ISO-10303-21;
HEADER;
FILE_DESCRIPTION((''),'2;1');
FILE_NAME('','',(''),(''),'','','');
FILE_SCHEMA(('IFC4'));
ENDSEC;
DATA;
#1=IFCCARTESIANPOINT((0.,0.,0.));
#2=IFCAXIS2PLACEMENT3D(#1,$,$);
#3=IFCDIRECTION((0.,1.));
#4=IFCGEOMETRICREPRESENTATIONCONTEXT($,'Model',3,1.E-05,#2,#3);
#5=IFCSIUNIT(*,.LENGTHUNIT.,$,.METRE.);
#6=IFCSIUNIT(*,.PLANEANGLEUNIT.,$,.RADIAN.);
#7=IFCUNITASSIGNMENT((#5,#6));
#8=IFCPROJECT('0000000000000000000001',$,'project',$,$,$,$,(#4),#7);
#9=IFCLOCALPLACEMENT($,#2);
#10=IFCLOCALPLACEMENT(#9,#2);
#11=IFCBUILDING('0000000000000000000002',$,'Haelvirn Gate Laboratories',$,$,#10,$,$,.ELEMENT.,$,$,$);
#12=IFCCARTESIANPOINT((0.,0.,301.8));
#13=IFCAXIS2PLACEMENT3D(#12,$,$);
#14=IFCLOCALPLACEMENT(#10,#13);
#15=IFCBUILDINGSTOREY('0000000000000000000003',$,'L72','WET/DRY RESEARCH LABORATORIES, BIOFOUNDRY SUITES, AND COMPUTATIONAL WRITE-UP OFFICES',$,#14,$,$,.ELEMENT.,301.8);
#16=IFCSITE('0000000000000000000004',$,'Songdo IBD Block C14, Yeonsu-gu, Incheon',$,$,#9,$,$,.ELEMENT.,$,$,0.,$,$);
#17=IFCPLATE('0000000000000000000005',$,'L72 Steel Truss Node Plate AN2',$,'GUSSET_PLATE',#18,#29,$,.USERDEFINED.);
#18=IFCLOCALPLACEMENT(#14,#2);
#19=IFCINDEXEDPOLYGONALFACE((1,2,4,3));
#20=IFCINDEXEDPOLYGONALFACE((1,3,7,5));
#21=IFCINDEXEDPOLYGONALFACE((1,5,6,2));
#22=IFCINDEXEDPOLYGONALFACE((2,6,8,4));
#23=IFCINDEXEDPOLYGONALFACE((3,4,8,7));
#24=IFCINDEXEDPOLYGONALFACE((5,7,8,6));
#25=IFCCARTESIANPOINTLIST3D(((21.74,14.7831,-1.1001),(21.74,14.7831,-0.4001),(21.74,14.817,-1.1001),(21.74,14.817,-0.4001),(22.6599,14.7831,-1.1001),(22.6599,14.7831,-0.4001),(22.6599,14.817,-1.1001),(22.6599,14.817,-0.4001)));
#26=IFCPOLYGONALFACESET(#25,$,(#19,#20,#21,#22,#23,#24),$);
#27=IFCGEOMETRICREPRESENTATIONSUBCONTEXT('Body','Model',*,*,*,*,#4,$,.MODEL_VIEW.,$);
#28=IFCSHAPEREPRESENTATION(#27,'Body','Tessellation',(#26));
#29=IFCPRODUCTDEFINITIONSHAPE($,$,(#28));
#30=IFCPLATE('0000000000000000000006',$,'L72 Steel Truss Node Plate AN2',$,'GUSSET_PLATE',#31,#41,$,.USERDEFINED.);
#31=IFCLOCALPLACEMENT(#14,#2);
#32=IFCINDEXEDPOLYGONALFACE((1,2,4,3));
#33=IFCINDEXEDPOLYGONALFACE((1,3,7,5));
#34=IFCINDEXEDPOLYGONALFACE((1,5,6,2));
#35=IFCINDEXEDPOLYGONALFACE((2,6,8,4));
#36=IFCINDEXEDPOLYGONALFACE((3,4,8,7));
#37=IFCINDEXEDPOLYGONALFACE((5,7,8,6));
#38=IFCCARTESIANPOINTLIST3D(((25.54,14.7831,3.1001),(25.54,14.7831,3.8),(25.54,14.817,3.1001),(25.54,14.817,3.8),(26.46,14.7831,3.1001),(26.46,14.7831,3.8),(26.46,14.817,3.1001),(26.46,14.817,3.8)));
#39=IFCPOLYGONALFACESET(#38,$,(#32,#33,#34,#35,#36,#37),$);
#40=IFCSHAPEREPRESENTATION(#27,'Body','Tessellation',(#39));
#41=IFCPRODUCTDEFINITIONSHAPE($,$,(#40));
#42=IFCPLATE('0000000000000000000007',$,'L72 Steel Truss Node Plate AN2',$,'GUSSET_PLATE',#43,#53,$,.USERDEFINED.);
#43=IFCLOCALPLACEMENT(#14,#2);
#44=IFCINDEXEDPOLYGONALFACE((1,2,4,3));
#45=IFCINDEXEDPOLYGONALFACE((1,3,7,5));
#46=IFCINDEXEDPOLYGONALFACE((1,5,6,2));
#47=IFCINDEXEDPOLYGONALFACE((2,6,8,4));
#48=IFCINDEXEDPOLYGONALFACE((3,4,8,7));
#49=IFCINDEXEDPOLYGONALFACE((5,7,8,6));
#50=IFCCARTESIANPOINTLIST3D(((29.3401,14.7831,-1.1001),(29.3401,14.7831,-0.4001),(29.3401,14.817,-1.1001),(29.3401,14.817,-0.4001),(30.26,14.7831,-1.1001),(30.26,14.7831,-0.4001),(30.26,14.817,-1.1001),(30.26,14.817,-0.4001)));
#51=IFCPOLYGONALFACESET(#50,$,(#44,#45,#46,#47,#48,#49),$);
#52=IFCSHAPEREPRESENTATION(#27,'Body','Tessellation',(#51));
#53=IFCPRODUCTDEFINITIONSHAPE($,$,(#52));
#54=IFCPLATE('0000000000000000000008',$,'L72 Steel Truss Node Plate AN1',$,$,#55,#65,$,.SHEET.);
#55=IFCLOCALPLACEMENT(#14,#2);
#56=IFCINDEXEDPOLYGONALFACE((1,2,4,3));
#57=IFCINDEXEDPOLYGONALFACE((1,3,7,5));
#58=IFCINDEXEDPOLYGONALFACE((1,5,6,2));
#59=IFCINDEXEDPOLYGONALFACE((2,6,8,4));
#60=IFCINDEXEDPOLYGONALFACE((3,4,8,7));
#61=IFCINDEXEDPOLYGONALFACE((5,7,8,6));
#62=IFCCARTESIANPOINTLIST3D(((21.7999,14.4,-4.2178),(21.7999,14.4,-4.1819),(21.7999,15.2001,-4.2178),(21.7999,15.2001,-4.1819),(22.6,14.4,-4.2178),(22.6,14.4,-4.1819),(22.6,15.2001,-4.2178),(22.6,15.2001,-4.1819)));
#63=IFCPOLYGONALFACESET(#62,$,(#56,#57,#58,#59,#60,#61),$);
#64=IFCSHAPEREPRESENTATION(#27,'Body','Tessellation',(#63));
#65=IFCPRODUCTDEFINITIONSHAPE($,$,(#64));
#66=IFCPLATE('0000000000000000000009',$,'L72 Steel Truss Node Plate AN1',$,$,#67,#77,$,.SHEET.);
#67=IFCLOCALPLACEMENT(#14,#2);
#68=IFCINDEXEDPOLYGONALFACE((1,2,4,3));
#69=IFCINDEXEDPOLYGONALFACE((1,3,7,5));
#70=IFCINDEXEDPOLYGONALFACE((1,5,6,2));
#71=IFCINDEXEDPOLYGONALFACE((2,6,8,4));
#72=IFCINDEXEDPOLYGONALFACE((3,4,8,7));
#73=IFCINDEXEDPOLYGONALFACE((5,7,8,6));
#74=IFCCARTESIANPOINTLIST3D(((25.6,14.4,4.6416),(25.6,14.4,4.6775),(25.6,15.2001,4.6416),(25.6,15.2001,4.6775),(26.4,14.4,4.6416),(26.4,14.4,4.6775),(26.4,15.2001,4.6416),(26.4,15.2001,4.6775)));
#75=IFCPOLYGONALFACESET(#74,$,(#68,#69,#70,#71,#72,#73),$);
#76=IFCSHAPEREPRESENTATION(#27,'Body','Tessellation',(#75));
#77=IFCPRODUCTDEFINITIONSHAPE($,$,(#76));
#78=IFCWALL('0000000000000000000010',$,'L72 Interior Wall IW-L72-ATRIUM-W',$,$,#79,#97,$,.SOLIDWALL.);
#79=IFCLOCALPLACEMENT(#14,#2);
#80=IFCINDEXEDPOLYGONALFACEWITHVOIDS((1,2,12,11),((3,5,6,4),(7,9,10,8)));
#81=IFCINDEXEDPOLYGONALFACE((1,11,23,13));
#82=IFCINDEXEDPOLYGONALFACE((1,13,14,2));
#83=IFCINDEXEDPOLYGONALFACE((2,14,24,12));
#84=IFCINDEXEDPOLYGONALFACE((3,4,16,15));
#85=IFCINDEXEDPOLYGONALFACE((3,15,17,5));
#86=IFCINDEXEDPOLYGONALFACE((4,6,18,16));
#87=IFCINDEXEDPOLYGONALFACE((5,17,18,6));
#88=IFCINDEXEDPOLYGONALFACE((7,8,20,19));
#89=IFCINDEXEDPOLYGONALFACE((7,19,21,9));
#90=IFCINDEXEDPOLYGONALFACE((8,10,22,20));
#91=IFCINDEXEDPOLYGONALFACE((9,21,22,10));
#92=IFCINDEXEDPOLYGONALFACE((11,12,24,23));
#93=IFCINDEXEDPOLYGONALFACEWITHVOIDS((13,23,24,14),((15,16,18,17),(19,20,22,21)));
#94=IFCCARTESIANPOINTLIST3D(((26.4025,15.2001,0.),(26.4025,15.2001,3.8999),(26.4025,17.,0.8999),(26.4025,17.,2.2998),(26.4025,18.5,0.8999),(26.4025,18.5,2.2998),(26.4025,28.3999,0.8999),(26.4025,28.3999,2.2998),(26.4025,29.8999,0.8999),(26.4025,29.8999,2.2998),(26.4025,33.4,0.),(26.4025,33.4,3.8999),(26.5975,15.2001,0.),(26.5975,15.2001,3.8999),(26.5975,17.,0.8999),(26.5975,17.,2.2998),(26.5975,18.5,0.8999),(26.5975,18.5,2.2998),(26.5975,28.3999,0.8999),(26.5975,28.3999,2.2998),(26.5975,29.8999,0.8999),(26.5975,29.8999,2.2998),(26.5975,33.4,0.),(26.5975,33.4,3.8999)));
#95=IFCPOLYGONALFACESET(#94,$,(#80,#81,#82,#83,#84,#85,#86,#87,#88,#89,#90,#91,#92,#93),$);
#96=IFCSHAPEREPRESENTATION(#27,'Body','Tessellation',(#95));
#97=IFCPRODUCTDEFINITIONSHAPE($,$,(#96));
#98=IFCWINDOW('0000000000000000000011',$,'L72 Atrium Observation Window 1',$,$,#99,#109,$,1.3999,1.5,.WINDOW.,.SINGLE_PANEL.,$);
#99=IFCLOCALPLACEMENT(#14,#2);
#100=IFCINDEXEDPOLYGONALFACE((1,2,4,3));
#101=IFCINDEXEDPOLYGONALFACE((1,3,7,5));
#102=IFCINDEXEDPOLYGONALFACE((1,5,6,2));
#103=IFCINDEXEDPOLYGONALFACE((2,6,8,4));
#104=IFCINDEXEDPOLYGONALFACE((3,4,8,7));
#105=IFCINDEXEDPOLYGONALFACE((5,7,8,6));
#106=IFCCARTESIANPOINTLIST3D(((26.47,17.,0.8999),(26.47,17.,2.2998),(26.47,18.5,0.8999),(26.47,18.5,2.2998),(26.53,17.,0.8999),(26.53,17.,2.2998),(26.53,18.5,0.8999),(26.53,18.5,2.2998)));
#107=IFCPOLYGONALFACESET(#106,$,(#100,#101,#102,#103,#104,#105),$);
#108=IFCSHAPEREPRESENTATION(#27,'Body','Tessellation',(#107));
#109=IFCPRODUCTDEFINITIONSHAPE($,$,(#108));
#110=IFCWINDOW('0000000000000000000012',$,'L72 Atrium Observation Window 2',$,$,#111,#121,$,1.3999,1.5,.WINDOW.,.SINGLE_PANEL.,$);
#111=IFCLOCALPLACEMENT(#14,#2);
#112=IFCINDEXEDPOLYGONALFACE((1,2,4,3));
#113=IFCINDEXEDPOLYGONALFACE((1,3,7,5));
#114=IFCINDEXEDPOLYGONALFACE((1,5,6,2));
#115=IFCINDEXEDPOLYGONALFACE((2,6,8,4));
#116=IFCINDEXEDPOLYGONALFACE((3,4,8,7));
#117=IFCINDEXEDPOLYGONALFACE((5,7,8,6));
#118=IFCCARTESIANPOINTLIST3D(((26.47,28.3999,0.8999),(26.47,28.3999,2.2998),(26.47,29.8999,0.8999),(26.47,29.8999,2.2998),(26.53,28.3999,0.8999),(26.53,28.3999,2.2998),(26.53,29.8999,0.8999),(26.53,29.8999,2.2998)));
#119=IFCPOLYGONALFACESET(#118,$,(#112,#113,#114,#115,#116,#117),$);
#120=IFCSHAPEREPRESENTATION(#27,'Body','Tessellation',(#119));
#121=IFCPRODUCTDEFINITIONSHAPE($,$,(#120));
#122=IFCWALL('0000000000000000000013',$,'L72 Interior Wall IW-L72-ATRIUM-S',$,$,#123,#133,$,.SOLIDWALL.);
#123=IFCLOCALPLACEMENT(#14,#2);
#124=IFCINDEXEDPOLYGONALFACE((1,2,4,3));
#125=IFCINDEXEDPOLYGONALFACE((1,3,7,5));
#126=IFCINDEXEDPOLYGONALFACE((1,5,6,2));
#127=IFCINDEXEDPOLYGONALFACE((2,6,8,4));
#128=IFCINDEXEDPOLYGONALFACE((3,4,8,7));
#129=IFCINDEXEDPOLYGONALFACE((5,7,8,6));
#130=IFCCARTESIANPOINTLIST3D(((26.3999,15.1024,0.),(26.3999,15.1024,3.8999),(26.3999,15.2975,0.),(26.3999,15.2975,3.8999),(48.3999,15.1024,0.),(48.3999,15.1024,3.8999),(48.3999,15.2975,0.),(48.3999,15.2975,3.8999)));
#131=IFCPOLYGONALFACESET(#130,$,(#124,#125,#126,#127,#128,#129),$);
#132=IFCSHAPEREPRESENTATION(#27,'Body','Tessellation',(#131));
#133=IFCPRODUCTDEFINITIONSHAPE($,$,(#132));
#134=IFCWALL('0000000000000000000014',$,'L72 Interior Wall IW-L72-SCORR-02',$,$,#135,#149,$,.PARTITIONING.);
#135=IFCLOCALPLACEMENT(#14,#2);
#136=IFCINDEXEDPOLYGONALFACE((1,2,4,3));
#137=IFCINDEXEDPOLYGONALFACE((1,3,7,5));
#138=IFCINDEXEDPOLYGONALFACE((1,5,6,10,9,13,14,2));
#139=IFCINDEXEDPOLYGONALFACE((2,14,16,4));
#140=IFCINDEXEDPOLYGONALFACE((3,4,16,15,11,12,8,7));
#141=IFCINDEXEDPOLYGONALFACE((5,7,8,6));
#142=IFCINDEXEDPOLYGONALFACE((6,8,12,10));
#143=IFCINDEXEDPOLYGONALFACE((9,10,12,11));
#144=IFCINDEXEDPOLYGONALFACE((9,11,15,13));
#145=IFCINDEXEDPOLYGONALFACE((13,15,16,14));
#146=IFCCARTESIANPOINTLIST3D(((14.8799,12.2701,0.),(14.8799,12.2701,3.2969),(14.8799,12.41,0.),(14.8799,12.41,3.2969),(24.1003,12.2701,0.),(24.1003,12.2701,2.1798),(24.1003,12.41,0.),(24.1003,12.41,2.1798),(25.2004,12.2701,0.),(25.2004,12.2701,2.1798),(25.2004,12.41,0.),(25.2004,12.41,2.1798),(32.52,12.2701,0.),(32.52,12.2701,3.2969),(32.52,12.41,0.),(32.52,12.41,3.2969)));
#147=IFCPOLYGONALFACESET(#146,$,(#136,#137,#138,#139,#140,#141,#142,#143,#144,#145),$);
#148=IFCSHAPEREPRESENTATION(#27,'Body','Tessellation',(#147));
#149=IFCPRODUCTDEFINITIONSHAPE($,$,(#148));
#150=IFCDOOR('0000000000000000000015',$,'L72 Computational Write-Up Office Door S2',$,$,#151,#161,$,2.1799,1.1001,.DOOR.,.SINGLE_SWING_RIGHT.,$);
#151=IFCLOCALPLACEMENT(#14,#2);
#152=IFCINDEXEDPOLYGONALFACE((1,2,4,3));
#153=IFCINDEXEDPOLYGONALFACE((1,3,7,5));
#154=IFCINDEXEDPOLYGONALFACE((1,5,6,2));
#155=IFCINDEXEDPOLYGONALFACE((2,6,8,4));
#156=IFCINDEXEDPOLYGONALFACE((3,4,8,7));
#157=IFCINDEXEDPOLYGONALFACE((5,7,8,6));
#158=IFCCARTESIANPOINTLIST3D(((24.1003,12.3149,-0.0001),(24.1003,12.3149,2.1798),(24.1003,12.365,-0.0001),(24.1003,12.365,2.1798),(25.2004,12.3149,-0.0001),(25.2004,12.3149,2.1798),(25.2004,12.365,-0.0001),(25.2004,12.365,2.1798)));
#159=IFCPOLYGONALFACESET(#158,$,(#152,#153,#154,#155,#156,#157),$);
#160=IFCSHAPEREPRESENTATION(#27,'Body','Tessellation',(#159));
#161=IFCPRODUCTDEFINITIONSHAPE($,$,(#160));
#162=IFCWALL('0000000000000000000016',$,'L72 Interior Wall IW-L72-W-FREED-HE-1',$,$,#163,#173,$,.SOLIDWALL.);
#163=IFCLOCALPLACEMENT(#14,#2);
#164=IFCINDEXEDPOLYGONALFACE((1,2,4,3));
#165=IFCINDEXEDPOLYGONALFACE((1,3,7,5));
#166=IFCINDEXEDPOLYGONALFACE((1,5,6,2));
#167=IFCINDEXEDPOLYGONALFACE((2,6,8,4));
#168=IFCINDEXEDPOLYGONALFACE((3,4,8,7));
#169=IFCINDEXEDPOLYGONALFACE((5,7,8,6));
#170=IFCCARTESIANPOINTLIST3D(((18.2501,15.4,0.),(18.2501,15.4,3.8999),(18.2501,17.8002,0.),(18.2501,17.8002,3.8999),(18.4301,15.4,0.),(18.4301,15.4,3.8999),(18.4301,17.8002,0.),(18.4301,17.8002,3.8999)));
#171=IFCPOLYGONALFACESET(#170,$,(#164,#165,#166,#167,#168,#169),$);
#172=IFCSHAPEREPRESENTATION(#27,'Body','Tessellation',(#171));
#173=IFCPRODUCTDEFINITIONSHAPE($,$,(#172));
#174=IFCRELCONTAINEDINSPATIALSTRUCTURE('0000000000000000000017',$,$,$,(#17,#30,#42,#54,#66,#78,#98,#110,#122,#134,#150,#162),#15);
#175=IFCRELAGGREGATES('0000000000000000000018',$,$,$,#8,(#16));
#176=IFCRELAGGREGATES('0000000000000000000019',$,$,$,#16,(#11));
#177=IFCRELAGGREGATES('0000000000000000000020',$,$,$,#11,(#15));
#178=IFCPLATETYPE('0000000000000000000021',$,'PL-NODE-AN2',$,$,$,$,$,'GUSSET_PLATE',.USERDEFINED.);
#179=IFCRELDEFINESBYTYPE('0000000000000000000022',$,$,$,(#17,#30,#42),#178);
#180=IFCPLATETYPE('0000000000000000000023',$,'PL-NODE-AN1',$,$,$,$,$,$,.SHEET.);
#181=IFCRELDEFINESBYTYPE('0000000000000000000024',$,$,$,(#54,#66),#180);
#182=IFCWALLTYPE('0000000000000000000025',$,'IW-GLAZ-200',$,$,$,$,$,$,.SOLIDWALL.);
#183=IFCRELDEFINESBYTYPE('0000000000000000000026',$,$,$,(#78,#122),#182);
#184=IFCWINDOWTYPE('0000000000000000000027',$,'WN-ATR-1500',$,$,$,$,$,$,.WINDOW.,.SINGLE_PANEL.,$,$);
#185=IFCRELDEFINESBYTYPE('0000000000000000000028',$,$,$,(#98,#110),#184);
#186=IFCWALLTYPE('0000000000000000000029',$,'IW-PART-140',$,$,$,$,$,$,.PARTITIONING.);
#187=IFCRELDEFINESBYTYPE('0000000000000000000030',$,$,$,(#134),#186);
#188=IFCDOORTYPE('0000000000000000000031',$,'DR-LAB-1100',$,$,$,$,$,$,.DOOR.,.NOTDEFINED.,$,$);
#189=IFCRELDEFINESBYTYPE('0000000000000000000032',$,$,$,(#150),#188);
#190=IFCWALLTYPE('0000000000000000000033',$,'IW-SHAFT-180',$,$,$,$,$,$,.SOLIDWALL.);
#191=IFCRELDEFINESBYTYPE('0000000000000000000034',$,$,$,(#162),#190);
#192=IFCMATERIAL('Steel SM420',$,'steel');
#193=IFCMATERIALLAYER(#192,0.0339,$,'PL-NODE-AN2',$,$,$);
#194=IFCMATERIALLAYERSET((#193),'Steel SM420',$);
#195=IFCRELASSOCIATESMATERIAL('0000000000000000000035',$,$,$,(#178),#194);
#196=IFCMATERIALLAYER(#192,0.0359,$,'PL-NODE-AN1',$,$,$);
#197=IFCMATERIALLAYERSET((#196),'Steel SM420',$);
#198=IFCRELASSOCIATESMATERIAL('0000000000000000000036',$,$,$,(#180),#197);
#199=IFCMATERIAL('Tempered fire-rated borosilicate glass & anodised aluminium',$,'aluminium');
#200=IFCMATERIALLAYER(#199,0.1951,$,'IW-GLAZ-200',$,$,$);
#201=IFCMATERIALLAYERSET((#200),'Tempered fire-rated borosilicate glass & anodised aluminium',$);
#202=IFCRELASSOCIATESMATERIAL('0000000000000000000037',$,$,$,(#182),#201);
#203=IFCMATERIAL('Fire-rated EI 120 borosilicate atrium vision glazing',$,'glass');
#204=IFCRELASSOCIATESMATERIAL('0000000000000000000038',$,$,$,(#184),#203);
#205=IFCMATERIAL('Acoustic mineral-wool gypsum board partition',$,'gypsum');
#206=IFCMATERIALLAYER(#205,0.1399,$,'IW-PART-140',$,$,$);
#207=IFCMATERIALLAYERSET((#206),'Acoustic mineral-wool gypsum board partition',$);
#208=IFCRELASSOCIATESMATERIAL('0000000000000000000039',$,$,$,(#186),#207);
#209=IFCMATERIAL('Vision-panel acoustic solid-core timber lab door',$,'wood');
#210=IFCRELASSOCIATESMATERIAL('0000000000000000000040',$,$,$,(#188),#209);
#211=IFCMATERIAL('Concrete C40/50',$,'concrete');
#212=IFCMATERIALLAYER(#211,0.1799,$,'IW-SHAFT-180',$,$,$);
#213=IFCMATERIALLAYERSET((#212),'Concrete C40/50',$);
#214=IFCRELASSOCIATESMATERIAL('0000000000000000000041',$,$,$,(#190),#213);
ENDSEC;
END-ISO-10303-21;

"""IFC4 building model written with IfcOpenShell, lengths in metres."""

from ifc_helpers import new_model, si_unit, direction, frame, frame_2d, origin, origin_2d, place, context, subcontext, project, spatial, rectangle, extrude, source, transform, mapped, material, layer, layer_set, type_object, type_shapes, element, fill, save


model = new_model("IFC4")

# Units and contexts
model_context = context("Model", 3, precision=1e-05, world=origin(), true_north=direction((0.0, 1.0)))
body_context = subcontext(model_context, "Body", "Model", "MODEL_VIEW")
ifc_project = project(units=[si_unit("LENGTHUNIT", "METRE"), si_unit("PLANEANGLEUNIT", "RADIAN")], contexts=[model_context])

# Site, building, storey
site_placement = place(None, origin())
site = spatial("IfcSite", under=ifc_project, at=site_placement, Name="Songdo IBD Block C14, Yeonsu-gu, Incheon", CompositionType="ELEMENT", RefElevation=0.0)
building_placement = place(site_placement, origin())
building = spatial("IfcBuilding", under=site, at=building_placement, Name="Haelvirn Gate Laboratories", CompositionType="ELEMENT")
storey_placement = place(building_placement, frame((0.0, 0.0, 301.8)))
storey = spatial("IfcBuildingStorey", under=building, at=storey_placement, Name="L72", Description="WET/DRY RESEARCH LABORATORIES, BIOFOUNDRY SUITES, AND COMPUTATIONAL WRITE-UP OFFICES", CompositionType="ELEMENT", Elevation=301.8)

# Shared definitions
ifc_material_1 = material(Name="Steel SM420", Category="steel")

# Plates
ifc_layer_1 = layer(ifc_material_1, 0.0339, Name="PL-NODE-AN2")
ifc_layer_set_1 = layer_set([ifc_layer_1], Name="Steel SM420")
plate_type_1 = type_object("IfcPlateType", Name="PL-NODE-AN2", ElementType="GUSSET_PLATE", PredefinedType="USERDEFINED", material=ifc_layer_set_1)
shared_shape_1 = source(origin(), body_context, "Body", "SweptSolid", [
    extrude(rectangle(XDim=0.9199, YDim=0.0339, at=origin_2d()), origin(), (0.0, 0.0, 1.0), 0.7),
])
type_shapes(plate_type_1, [shared_shape_1])
for number, where, z_axis, x_axis, name in (
    (1, (22.2, 14.8, -1.1001), (0.0, 0.0, 1.0), (1.0, 0.0, 0.0), "L72 Steel Truss Node Plate AN2"),
    (2, (26.0, 14.8, 3.1001), (0.0, 0.0, 1.0), (1.0, 0.0, 0.0), "L72 Steel Truss Node Plate AN2"),
    (3, (29.8, 14.8, -1.1001), (0.0, 0.0, 1.0), (1.0, 0.0, 0.0), "L72 Steel Truss Node Plate AN2"),
):
    element("IfcPlate", number, at=place(storey_placement, frame(where, z_axis=z_axis, x_axis=x_axis)), inside=storey, type_object=plate_type_1, Name=name, ObjectType="GUSSET_PLATE", PredefinedType="USERDEFINED", context=body_context, shape_type="MappedRepresentation", body=[
        mapped(shared_shape_1, transform((0.0, 0.0, 0.0), scale=1.0)),
    ])
ifc_layer_2 = layer(ifc_material_1, 0.0359, Name="PL-NODE-AN1")
ifc_layer_set_2 = layer_set([ifc_layer_2], Name="Steel SM420")
plate_type_2 = type_object("IfcPlateType", Name="PL-NODE-AN1", PredefinedType="SHEET", material=ifc_layer_set_2)
shared_shape_2 = source(origin(), body_context, "Body", "SweptSolid", [
    extrude(rectangle(XDim=0.8, YDim=0.8, at=origin_2d()), origin(), (0.0, 0.0, 1.0), 0.0359),
])
type_shapes(plate_type_2, [shared_shape_2])
for number, where, z_axis, x_axis, name in (
    (4, (22.2, 14.8, -4.2178), (0.0, 0.0, 1.0), (1.0, 0.0, 0.0), "L72 Steel Truss Node Plate AN1"),
    (5, (26.0, 14.8, 4.6416), (0.0, 0.0, 1.0), (1.0, 0.0, 0.0), "L72 Steel Truss Node Plate AN1"),
):
    element("IfcPlate", number, at=place(storey_placement, frame(where, z_axis=z_axis, x_axis=x_axis)), inside=storey, type_object=plate_type_2, Name=name, PredefinedType="SHEET", context=body_context, shape_type="MappedRepresentation", body=[
        mapped(shared_shape_2, transform((0.0, 0.0, 0.0), scale=1.0)),
    ])

# Wall, openings, windows
ifc_material_2 = material(Name="Tempered fire-rated borosilicate glass & anodised aluminium", Category="aluminium")
ifc_layer_3 = layer(ifc_material_2, 0.1951, Name="IW-GLAZ-200")
ifc_layer_set_3 = layer_set([ifc_layer_3], Name="Tempered fire-rated borosilicate glass & anodised aluminium")
wall_type_1 = type_object("IfcWallType", Name="IW-GLAZ-200", PredefinedType="SOLIDWALL", material=ifc_layer_set_3)
wall_1_placement = place(storey_placement, frame((26.5, 15.2, 0.0), z_axis=(0.0, 0.0, 1.0), x_axis=(0.0, 1.0, 0.0)))
wall_1 = element("IfcWall", 6, at=wall_1_placement, inside=storey, type_object=wall_type_1, Name="L72 Interior Wall IW-L72-ATRIUM-W", PredefinedType="SOLIDWALL", context=body_context, shape_type="SweptSolid", body=[
    extrude(rectangle(XDim=18.2, YDim=0.1951, at=frame_2d((9.1001, 0.0))), origin(), (0.0, 0.0, 1.0), 3.8999),
])
opening_1_placement = place(wall_1_placement, frame((1.8, 0.0, 0.8999)))
opening_1 = element("IfcOpeningElement", 7, at=opening_1_placement, cuts=wall_1, PredefinedType="OPENING", context=body_context, shape_type="SweptSolid", body=[
    extrude(rectangle(XDim=1.5, YDim=1.3999, at=frame_2d((0.75, 0.7))), frame((0.0, 0.1074, 0.0), z_axis=(0.0, -1.0, 0.0), x_axis=(1.0, 0.0, 0.0)), (0.0, 0.0, 1.0), 0.2151),
])
opening_2_placement = place(wall_1_placement, frame((13.2, 0.0, 0.8999)))
opening_2 = element("IfcOpeningElement", 8, at=opening_2_placement, cuts=wall_1, PredefinedType="OPENING", context=body_context, shape_type="SweptSolid", body=[
    extrude(rectangle(XDim=1.5, YDim=1.3999, at=frame_2d((0.75, 0.7))), frame((0.0, 0.1074, 0.0), z_axis=(0.0, -1.0, 0.0), x_axis=(1.0, 0.0, 0.0)), (0.0, 0.0, 1.0), 0.2151),
])
ifc_material_3 = material(Name="Fire-rated EI 120 borosilicate atrium vision glazing", Category="glass")
window_type = type_object("IfcWindowType", Name="WN-ATR-1500", PartitioningType="SINGLE_PANEL", PredefinedType="WINDOW", material=ifc_material_3)
shared_shape_3 = source(origin(), body_context, "Body", "SweptSolid", [
    extrude(rectangle(XDim=1.5, YDim=1.3999, at=frame_2d((0.75, 0.7))), frame((0.0, 0.03, 0.0), z_axis=(0.0, -1.0, 0.0), x_axis=(1.0, 0.0, 0.0)), (0.0, 0.0, 1.0), 0.0601),
])
type_shapes(window_type, [shared_shape_3])
window_1_placement = place(opening_1_placement, origin())
window_1 = element("IfcWindow", 9, at=window_1_placement, inside=storey, type_object=window_type, Name="L72 Atrium Observation Window 1", OverallHeight=1.3999, OverallWidth=1.5, PartitioningType="SINGLE_PANEL", PredefinedType="WINDOW", context=body_context, shape_type="MappedRepresentation", body=[
    mapped(shared_shape_3, transform((0.0, 0.0, 0.0), scale=1.0)),
])
fill(opening_1, window_1)
window_2_placement = place(opening_2_placement, origin())
window_2 = element("IfcWindow", 10, at=window_2_placement, inside=storey, type_object=window_type, Name="L72 Atrium Observation Window 2", OverallHeight=1.3999, OverallWidth=1.5, PartitioningType="SINGLE_PANEL", PredefinedType="WINDOW", context=body_context, shape_type="MappedRepresentation", body=[
    mapped(shared_shape_3, transform((0.0, 0.0, 0.0), scale=1.0)),
])
fill(opening_2, window_2)

# Wall
wall_2_placement = place(storey_placement, frame((26.3999, 15.2, 0.0), z_axis=(0.0, 0.0, 1.0), x_axis=(1.0, 0.0, 0.0)))
element("IfcWall", 11, at=wall_2_placement, inside=storey, type_object=wall_type_1, Name="L72 Interior Wall IW-L72-ATRIUM-S", PredefinedType="SOLIDWALL", context=body_context, shape_type="SweptSolid", body=[
    extrude(rectangle(XDim=22.0, YDim=0.1951, at=frame_2d((11.0, 0.0))), origin(), (0.0, 0.0, 1.0), 3.8999),
])

# Wall, opening, door
ifc_material_4 = material(Name="Acoustic mineral-wool gypsum board partition", Category="gypsum")
ifc_layer_4 = layer(ifc_material_4, 0.1399, Name="IW-PART-140")
ifc_layer_set_4 = layer_set([ifc_layer_4], Name="Acoustic mineral-wool gypsum board partition")
wall_type_2 = type_object("IfcWallType", Name="IW-PART-140", PredefinedType="PARTITIONING", material=ifc_layer_set_4)
wall_3_placement = place(storey_placement, frame((14.8799, 12.3401, 0.0), z_axis=(0.0, 0.0, 1.0), x_axis=(1.0, 0.0, 0.0)))
wall_3 = element("IfcWall", 12, at=wall_3_placement, inside=storey, type_object=wall_type_2, Name="L72 Interior Wall IW-L72-SCORR-02", PredefinedType="PARTITIONING", context=body_context, shape_type="SweptSolid", body=[
    extrude(rectangle(XDim=17.6401, YDim=0.1399, at=frame_2d((8.8201, 0.0))), origin(), (0.0, 0.0, 1.0), 3.2969),
])
opening_3_placement = place(wall_3_placement, frame((9.2205, 0.0, 0.0)))
opening_3 = element("IfcOpeningElement", 13, at=opening_3_placement, cuts=wall_3, PredefinedType="OPENING", context=body_context, shape_type="SweptSolid", body=[
    extrude(rectangle(XDim=1.1001, YDim=2.1799, at=frame_2d((0.55, 1.0898))), frame((0.0, 0.0801, 0.0), z_axis=(0.0, -1.0, 0.0), x_axis=(1.0, 0.0, 0.0)), (0.0, 0.0, 1.0), 0.1599),
])
ifc_material_5 = material(Name="Vision-panel acoustic solid-core timber lab door", Category="wood")
door_type_1 = type_object("IfcDoorType", Name="DR-LAB-1100", OperationType="NOTDEFINED", PredefinedType="DOOR", material=ifc_material_5)
shared_shape_4 = source(origin(), body_context, "Body", "SweptSolid", [
    extrude(rectangle(XDim=1.1001, YDim=2.1799, at=frame_2d((0.55, 1.0898))), frame((0.0, 0.0249, 0.0), z_axis=(0.0, -1.0, 0.0), x_axis=(1.0, 0.0, 0.0)), (0.0, 0.0, 1.0), 0.05),
])
type_shapes(door_type_1, [shared_shape_4])
door_1_placement = place(opening_3_placement, origin())
door_1 = element("IfcDoor", 14, at=door_1_placement, inside=storey, type_object=door_type_1, Name="L72 Computational Write-Up Office Door S2", OperationType="SINGLE_SWING_RIGHT", OverallHeight=2.1799, OverallWidth=1.1001, PredefinedType="DOOR", context=body_context, shape_type="MappedRepresentation", body=[
    mapped(shared_shape_4, transform((0.0, 0.0, 0.0), scale=1.0)),
])
fill(opening_3, door_1)

# Wall
ifc_material_6 = material(Name="Concrete C40/50", Category="concrete")
ifc_layer_5 = layer(ifc_material_6, 0.1799, Name="IW-SHAFT-180")
ifc_layer_set_5 = layer_set([ifc_layer_5], Name="Concrete C40/50")
wall_type_3 = type_object("IfcWallType", Name="IW-SHAFT-180", PredefinedType="SOLIDWALL", material=ifc_layer_set_5)
wall_4_placement = place(storey_placement, frame((18.3401, 15.3999, 0.0), z_axis=(0.0, 0.0, 1.0), x_axis=(0.0, 1.0, 0.0)))
element("IfcWall", 15, at=wall_4_placement, inside=storey, type_object=wall_type_3, Name="L72 Interior Wall IW-L72-W-FREED-HE-1", PredefinedType="SOLIDWALL", context=body_context, shape_type="SweptSolid", body=[
    extrude(rectangle(XDim=2.4001, YDim=0.1799, at=frame_2d((1.2002, 0.0))), origin(), (0.0, 0.0, 1.0), 3.8999),
])

save(model, "model.ifc")
